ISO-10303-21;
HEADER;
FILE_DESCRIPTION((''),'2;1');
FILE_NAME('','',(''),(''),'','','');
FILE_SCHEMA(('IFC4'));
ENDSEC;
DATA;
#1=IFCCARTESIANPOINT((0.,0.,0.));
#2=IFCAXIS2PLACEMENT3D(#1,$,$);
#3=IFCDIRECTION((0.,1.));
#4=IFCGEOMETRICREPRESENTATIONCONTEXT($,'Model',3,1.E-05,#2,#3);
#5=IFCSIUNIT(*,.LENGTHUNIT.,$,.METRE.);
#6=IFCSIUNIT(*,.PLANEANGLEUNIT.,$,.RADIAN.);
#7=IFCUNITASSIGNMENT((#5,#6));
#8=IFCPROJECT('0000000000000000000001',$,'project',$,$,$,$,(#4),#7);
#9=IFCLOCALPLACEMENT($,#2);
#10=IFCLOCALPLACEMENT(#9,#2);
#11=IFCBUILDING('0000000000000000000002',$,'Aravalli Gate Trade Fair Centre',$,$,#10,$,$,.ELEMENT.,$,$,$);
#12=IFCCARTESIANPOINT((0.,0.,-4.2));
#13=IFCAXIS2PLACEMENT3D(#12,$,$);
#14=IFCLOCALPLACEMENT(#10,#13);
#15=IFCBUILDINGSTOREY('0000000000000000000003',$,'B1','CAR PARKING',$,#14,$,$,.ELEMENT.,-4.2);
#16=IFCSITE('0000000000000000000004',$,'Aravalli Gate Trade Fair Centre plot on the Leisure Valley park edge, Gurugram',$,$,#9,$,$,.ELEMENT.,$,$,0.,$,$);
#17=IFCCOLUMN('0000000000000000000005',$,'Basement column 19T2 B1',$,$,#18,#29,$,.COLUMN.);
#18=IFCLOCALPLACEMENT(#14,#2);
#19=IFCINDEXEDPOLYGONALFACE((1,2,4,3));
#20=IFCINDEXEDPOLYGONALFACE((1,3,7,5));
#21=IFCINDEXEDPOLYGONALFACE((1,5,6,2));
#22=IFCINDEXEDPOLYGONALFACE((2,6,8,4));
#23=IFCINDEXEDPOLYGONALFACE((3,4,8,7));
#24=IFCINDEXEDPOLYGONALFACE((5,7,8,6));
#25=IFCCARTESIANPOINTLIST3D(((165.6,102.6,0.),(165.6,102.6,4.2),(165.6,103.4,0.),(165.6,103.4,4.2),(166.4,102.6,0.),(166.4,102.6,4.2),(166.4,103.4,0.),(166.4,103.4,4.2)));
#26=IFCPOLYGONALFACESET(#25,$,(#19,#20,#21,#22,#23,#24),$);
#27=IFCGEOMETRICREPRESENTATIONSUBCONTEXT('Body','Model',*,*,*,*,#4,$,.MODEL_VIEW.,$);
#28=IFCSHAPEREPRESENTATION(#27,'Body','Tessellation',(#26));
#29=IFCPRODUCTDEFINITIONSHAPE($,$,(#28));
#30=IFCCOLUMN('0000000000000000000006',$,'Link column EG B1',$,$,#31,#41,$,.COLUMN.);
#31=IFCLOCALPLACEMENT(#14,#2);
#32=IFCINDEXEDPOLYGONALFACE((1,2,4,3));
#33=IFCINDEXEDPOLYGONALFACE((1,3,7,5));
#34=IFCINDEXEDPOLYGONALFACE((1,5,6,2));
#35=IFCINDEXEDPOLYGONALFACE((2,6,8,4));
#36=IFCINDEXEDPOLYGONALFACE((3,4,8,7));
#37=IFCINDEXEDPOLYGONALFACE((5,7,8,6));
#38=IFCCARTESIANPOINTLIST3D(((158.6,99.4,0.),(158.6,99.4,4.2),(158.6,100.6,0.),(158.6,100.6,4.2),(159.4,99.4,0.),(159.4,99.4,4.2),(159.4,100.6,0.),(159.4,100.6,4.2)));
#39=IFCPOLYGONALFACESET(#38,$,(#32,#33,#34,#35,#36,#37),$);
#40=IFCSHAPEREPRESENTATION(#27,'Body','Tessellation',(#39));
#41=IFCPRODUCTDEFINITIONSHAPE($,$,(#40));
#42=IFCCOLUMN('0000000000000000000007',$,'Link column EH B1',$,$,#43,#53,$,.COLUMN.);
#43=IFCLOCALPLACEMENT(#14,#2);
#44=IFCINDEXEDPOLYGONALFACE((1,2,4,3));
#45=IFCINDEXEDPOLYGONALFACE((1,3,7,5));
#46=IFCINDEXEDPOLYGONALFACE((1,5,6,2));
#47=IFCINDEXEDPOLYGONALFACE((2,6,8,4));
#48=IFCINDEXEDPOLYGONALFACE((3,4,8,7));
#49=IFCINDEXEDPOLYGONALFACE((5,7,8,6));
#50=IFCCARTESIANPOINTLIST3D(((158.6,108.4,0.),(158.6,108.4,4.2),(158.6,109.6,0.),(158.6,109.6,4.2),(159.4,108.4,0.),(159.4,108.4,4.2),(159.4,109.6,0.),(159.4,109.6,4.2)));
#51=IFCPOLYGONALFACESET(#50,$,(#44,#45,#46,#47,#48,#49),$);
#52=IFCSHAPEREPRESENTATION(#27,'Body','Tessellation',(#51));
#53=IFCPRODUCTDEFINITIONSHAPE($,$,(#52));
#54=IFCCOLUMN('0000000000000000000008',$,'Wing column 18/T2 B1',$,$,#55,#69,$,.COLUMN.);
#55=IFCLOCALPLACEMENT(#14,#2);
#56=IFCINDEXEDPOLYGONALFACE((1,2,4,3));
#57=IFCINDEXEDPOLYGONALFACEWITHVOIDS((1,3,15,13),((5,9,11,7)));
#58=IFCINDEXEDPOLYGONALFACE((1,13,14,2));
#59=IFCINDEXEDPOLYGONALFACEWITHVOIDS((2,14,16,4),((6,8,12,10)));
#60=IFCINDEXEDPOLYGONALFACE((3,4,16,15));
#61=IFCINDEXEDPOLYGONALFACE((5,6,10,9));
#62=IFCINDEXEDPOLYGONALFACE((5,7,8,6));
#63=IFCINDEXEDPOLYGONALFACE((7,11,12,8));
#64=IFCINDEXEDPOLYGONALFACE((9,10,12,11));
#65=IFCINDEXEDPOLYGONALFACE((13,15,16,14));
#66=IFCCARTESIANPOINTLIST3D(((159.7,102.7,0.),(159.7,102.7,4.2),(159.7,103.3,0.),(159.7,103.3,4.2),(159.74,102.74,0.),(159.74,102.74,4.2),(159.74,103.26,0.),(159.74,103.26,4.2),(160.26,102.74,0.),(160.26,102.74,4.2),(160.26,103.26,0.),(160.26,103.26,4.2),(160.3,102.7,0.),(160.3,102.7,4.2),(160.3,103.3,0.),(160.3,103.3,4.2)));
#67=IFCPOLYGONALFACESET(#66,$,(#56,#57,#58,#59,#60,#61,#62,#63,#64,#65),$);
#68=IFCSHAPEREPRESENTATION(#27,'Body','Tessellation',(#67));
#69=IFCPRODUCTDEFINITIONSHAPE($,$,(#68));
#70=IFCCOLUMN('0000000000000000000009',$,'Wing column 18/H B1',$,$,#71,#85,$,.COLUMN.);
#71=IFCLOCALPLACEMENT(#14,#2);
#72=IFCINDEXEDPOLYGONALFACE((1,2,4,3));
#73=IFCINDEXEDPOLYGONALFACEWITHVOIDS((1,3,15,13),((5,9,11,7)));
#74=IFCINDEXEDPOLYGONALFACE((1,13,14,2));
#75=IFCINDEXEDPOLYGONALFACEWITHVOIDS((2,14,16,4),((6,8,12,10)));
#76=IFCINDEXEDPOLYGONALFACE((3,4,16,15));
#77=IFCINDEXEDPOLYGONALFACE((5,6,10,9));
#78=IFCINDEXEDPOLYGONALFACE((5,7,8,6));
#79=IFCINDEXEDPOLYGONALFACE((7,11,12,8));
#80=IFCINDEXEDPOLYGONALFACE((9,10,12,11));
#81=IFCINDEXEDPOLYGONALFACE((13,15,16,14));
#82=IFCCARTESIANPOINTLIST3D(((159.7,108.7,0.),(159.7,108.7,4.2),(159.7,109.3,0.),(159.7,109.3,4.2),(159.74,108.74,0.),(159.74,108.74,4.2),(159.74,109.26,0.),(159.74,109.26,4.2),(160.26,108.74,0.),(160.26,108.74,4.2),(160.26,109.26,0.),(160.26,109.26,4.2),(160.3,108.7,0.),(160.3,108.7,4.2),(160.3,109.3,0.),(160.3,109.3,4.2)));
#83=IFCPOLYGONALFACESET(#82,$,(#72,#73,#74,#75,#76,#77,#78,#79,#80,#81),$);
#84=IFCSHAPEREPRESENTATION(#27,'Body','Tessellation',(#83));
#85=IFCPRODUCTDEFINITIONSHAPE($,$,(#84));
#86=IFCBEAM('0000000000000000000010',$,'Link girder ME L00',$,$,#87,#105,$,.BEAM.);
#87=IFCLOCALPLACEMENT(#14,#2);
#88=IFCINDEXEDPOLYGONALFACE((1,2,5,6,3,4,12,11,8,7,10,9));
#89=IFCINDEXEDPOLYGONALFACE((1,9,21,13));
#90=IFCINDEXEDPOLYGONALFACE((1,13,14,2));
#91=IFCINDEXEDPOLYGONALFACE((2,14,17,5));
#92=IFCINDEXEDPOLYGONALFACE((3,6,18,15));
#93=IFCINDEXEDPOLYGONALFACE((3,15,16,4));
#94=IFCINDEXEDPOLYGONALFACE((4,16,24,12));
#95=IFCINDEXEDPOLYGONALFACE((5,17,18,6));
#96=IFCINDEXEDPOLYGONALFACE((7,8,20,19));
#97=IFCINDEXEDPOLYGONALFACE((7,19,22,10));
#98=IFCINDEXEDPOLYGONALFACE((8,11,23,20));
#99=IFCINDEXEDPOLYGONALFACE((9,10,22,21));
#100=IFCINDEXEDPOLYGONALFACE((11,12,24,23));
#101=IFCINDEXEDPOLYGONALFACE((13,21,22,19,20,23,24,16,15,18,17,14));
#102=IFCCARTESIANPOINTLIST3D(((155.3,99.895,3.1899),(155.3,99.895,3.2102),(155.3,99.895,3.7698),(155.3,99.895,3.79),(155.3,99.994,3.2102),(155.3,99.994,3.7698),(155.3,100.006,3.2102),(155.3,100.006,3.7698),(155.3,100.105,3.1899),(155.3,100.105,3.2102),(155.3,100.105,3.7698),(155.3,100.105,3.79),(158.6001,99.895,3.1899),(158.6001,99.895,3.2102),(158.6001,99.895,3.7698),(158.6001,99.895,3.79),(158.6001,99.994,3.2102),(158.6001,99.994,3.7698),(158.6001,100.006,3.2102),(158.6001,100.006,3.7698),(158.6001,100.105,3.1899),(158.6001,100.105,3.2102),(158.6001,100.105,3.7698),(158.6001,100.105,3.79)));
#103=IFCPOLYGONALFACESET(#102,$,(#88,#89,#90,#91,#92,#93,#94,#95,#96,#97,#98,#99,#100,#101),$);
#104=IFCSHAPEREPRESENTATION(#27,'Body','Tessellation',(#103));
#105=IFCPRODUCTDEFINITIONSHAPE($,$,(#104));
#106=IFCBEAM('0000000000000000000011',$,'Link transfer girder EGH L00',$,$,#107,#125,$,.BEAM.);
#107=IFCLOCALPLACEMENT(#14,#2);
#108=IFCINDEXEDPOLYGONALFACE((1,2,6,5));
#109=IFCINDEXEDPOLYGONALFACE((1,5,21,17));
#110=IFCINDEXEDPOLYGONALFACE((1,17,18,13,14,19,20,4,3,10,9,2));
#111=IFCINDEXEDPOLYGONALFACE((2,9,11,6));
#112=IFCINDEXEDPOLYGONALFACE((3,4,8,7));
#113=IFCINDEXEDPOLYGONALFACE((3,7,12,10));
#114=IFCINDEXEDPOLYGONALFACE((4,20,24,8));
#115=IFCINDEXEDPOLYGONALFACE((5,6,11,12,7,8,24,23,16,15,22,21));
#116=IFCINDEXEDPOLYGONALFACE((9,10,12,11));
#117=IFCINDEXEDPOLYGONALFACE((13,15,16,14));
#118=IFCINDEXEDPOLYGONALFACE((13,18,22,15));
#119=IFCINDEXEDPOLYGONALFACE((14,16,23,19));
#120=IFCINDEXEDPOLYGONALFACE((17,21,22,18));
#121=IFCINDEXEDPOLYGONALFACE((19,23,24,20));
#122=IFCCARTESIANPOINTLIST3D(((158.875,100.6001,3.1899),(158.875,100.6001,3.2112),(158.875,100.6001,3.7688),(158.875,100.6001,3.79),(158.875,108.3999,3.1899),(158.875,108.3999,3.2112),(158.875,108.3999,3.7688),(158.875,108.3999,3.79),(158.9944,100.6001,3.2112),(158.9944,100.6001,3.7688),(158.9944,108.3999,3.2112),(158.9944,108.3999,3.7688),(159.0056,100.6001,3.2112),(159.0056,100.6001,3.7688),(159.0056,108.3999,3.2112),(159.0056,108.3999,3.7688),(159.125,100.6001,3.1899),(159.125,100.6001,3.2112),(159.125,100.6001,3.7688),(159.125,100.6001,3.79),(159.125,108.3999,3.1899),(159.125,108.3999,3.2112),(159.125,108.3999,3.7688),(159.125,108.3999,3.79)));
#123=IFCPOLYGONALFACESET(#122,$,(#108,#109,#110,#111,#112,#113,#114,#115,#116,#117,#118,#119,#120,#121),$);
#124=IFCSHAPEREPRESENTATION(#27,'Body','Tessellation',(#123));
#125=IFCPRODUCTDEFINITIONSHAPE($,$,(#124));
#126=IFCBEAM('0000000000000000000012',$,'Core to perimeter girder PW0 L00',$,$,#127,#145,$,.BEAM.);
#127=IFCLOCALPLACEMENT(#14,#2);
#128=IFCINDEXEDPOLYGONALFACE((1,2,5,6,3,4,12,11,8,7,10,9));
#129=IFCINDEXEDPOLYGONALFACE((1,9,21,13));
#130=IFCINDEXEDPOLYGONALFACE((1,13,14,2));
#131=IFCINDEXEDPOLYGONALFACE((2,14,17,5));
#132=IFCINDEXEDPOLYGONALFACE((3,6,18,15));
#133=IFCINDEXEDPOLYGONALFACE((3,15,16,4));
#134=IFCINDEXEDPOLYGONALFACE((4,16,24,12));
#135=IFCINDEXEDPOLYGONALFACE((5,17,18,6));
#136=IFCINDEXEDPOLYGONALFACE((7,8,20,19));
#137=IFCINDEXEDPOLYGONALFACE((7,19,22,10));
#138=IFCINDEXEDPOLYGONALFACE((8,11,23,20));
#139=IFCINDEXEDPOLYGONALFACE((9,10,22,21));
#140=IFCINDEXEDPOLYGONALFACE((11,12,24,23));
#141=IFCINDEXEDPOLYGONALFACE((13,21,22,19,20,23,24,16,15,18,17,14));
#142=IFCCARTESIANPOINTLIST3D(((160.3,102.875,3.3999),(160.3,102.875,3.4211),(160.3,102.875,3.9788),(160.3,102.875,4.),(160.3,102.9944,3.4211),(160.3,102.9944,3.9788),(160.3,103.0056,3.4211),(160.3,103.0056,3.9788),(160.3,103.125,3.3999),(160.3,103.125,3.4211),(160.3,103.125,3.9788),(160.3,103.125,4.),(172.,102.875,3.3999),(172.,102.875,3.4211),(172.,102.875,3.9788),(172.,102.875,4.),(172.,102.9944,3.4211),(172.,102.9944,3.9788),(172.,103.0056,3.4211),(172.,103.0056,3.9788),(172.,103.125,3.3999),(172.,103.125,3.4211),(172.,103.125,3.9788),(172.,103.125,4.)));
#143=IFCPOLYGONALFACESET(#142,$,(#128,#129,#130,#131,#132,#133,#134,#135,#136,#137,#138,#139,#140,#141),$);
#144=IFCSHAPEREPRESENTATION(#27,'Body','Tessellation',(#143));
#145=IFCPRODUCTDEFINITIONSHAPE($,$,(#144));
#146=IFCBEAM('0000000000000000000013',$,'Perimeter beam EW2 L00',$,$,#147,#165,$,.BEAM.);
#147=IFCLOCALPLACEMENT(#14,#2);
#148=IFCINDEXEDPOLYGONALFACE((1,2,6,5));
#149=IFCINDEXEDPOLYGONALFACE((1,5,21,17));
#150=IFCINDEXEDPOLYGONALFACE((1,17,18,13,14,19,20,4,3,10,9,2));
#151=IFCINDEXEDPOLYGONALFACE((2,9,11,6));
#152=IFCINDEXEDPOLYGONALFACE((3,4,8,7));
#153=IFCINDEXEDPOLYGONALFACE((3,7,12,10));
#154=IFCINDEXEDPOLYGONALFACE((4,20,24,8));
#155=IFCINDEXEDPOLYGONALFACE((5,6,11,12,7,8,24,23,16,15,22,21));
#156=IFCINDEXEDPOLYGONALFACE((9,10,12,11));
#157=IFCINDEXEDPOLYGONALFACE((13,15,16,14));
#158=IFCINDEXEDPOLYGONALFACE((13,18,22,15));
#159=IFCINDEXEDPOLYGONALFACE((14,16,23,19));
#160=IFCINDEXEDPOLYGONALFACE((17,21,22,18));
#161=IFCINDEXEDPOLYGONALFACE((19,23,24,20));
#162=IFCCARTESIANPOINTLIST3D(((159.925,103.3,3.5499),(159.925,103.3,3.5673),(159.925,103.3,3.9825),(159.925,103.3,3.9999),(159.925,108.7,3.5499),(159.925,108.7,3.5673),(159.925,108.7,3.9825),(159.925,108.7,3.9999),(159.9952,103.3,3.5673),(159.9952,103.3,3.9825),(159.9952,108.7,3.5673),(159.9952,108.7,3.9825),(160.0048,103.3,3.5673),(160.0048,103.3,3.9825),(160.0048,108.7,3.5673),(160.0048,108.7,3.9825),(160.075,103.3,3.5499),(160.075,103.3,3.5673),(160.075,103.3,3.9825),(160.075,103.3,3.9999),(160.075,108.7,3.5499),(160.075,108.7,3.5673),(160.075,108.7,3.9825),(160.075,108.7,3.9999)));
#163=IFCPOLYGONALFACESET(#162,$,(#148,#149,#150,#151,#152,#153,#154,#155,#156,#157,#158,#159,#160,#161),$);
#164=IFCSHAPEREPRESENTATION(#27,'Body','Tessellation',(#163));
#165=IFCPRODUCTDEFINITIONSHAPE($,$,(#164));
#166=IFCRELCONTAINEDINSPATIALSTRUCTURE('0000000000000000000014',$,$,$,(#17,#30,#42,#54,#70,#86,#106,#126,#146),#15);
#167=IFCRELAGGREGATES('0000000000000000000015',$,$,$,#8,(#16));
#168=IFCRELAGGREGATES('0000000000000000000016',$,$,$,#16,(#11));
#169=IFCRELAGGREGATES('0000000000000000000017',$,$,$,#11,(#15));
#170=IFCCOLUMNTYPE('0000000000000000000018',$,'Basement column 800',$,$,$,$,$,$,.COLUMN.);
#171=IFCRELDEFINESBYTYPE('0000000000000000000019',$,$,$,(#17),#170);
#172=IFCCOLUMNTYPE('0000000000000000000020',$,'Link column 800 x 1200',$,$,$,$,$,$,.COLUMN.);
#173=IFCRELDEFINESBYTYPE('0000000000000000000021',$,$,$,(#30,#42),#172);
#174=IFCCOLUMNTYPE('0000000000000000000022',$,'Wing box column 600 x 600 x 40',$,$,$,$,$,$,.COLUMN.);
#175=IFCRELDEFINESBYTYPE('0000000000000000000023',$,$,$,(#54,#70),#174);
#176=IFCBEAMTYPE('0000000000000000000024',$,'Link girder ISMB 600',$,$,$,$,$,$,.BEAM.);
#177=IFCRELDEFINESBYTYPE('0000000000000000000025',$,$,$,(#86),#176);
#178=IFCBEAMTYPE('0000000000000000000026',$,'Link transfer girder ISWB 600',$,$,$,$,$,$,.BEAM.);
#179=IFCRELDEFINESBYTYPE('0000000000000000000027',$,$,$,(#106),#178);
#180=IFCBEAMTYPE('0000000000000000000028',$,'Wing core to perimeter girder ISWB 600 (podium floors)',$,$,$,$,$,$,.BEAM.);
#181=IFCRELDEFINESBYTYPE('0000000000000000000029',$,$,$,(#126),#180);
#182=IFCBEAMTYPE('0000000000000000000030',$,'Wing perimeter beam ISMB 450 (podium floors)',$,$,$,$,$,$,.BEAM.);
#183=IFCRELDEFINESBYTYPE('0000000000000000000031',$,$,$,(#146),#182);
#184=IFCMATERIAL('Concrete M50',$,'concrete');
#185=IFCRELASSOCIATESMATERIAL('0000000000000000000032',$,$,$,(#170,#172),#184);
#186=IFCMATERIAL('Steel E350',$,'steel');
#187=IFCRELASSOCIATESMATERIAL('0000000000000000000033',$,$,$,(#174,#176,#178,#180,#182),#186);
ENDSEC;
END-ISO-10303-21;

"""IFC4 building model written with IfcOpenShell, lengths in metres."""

from ifc_helpers import new_model, si_unit, direction, frame, origin, origin_2d, place, context, subcontext, project, spatial, rectangle, hollow_rectangle, i_section, extrude, material, material_profile, profile_set, type_object, element, save


model = new_model("IFC4")

# Units and contexts
model_context = context("Model", 3, precision=1e-05, world=origin(), true_north=direction((0.0, 1.0)))
body_context = subcontext(model_context, "Body", "Model", "MODEL_VIEW")
ifc_project = project(units=[si_unit("LENGTHUNIT", "METRE"), si_unit("PLANEANGLEUNIT", "RADIAN")], contexts=[model_context])

# Site, building, storey
site_placement = place(None, origin())
site = spatial("IfcSite", under=ifc_project, at=site_placement, Name="Aravalli Gate Trade Fair Centre plot on the Leisure Valley park edge, Gurugram", CompositionType="ELEMENT", RefElevation=0.0)
building_placement = place(site_placement, origin())
building = spatial("IfcBuilding", under=site, at=building_placement, Name="Aravalli Gate Trade Fair Centre", CompositionType="ELEMENT")
storey_placement = place(building_placement, frame((0.0, 0.0, -4.2)))
storey = spatial("IfcBuildingStorey", under=building, at=storey_placement, Name="B1", Description="CAR PARKING", CompositionType="ELEMENT", Elevation=-4.2)

# Columns
ifc_material_1 = material(Name="Concrete M50", Category="concrete")
ifc_material_profile_1 = material_profile(ifc_material_1, rectangle(XDim=0.8, YDim=0.8, at=origin_2d()), Name="RC 800 x 800")
ifc_profile_set_1 = profile_set([ifc_material_profile_1], Name="Concrete M50")
column_type_1 = type_object("IfcColumnType", Name="Basement column 800", PredefinedType="COLUMN", material=ifc_profile_set_1)
column_placement = place(storey_placement, frame((166.0, 103.0, 0.0), z_axis=(0.0, 0.0, 1.0), x_axis=(1.0, 0.0, 0.0)))
element("IfcColumn", 1, at=column_placement, inside=storey, type_object=column_type_1, Name="Basement column 19T2 B1", PredefinedType="COLUMN", context=body_context, shape_type="SweptSolid", body=[
    extrude(rectangle(XDim=0.8, YDim=0.8, at=origin_2d()), origin(), (0.0, 0.0, 1.0), 4.2),
])
ifc_material_profile_2 = material_profile(ifc_material_1, rectangle(XDim=0.8, YDim=1.2, at=origin_2d()), Name="Link column 800 x 1200")
ifc_profile_set_2 = profile_set([ifc_material_profile_2], Name="Concrete M50")
column_type_2 = type_object("IfcColumnType", Name="Link column 800 x 1200", PredefinedType="COLUMN", material=ifc_profile_set_2)
for number, where, z_axis, x_axis, name in (
    (2, (159.0, 100.0, 0.0), (0.0, 0.0, 1.0), (1.0, 0.0, 0.0), "Link column EG B1"),
    (3, (159.0, 109.0, 0.0), (0.0, 0.0, 1.0), (1.0, 0.0, 0.0), "Link column EH B1"),
):
    element("IfcColumn", number, at=place(storey_placement, frame(where, z_axis=z_axis, x_axis=x_axis)), inside=storey, type_object=column_type_2, Name=name, PredefinedType="COLUMN", context=body_context, shape_type="SweptSolid", body=[
        extrude(rectangle(XDim=0.8, YDim=1.2, at=origin_2d()), origin(), (0.0, 0.0, 1.0), 4.2),
    ])
ifc_material_2 = material(Name="Steel E350", Category="steel")
ifc_material_profile_3 = material_profile(ifc_material_2, hollow_rectangle(XDim=0.6001, YDim=0.6001, WallThickness=0.04, at=origin_2d()), Name="BOX 600x600x40")
ifc_profile_set_3 = profile_set([ifc_material_profile_3], Name="Steel E350")
column_type_3 = type_object("IfcColumnType", Name="Wing box column 600 x 600 x 40", PredefinedType="COLUMN", material=ifc_profile_set_3)
for number, where, z_axis, x_axis, name in (
    (4, (160.0, 103.0, 0.0), (0.0, 0.0, 1.0), (1.0, 0.0, 0.0), "Wing column 18/T2 B1"),
    (5, (160.0, 109.0, 0.0), (0.0, 0.0, 1.0), (1.0, 0.0, 0.0), "Wing column 18/H B1"),
):
    element("IfcColumn", number, at=place(storey_placement, frame(where, z_axis=z_axis, x_axis=x_axis)), inside=storey, type_object=column_type_3, Name=name, PredefinedType="COLUMN", context=body_context, shape_type="SweptSolid", body=[
        extrude(hollow_rectangle(XDim=0.6001, YDim=0.6001, WallThickness=0.04, at=origin_2d()), origin(), (0.0, 0.0, 1.0), 4.2),
    ])

# Beams
ifc_material_profile_4 = material_profile(ifc_material_2, i_section(OverallWidth=0.21, OverallDepth=0.6001, WebThickness=0.012, FlangeThickness=0.0203, at=origin_2d()), Name="ISMB 600")
ifc_profile_set_4 = profile_set([ifc_material_profile_4], Name="Steel E350")
beam_type_1 = type_object("IfcBeamType", Name="Link girder ISMB 600", PredefinedType="BEAM", material=ifc_profile_set_4)
beam_1_placement = place(storey_placement, frame((155.3, 100.0, 3.49), z_axis=(1.0, 0.0, 0.0), x_axis=(0.0, 1.0, 0.0)))
element("IfcBeam", 6, at=beam_1_placement, inside=storey, type_object=beam_type_1, Name="Link girder ME L00", PredefinedType="BEAM", context=body_context, shape_type="SweptSolid", body=[
    extrude(i_section(OverallWidth=0.21, OverallDepth=0.6001, WebThickness=0.012, FlangeThickness=0.0203, at=origin_2d()), origin(), (0.0, 0.0, 1.0), 3.3),
])
ifc_material_profile_5 = material_profile(ifc_material_2, i_section(OverallWidth=0.25, OverallDepth=0.6001, WebThickness=0.0112, FlangeThickness=0.0212, at=origin_2d()), Name="ISWB 600")
ifc_profile_set_5 = profile_set([ifc_material_profile_5], Name="Steel E350")
beam_type_2 = type_object("IfcBeamType", Name="Link transfer girder ISWB 600", PredefinedType="BEAM", material=ifc_profile_set_5)
beam_2_placement = place(storey_placement, frame((159.0, 100.6001, 3.49), z_axis=(0.0, 1.0, 0.0), x_axis=(-1.0, 0.0, 0.0)))
element("IfcBeam", 7, at=beam_2_placement, inside=storey, type_object=beam_type_2, Name="Link transfer girder EGH L00", PredefinedType="BEAM", context=body_context, shape_type="SweptSolid", body=[
    extrude(i_section(OverallWidth=0.25, OverallDepth=0.6001, WebThickness=0.0112, FlangeThickness=0.0212, at=origin_2d()), origin(), (0.0, 0.0, 1.0), 7.7998),
])
ifc_material_profile_6 = material_profile(ifc_material_2, i_section(OverallWidth=0.25, OverallDepth=0.6001, WebThickness=0.0112, FlangeThickness=0.0212, at=origin_2d()), Name="ISWB 600")
ifc_profile_set_6 = profile_set([ifc_material_profile_6], Name="Steel E350")
beam_type_3 = type_object("IfcBeamType", Name="Wing core to perimeter girder ISWB 600 (podium floors)", PredefinedType="BEAM", material=ifc_profile_set_6)
beam_3_placement = place(storey_placement, frame((160.3, 103.0, 3.7), z_axis=(1.0, 0.0, 0.0), x_axis=(0.0, 1.0, 0.0)))
element("IfcBeam", 8, at=beam_3_placement, inside=storey, type_object=beam_type_3, Name="Core to perimeter girder PW0 L00", PredefinedType="BEAM", context=body_context, shape_type="SweptSolid", body=[
    extrude(i_section(OverallWidth=0.25, OverallDepth=0.6001, WebThickness=0.0112, FlangeThickness=0.0212, at=origin_2d()), origin(), (0.0, 0.0, 1.0), 11.7),
])
ifc_material_profile_7 = material_profile(ifc_material_2, i_section(OverallWidth=0.1499, OverallDepth=0.45, WebThickness=0.0095, FlangeThickness=0.0173, at=origin_2d()), Name="ISMB 450")
ifc_profile_set_7 = profile_set([ifc_material_profile_7], Name="Steel E350")
beam_type_4 = type_object("IfcBeamType", Name="Wing perimeter beam ISMB 450 (podium floors)", PredefinedType="BEAM", material=ifc_profile_set_7)
beam_4_placement = place(storey_placement, frame((160.0, 103.3, 3.7749), z_axis=(0.0, 1.0, 0.0), x_axis=(-1.0, 0.0, 0.0)))
element("IfcBeam", 9, at=beam_4_placement, inside=storey, type_object=beam_type_4, Name="Perimeter beam EW2 L00", PredefinedType="BEAM", context=body_context, shape_type="SweptSolid", body=[
    extrude(i_section(OverallWidth=0.1499, OverallDepth=0.45, WebThickness=0.0095, FlangeThickness=0.0173, at=origin_2d()), origin(), (0.0, 0.0, 1.0), 5.3999),
])

save(model, "model.ifc")
